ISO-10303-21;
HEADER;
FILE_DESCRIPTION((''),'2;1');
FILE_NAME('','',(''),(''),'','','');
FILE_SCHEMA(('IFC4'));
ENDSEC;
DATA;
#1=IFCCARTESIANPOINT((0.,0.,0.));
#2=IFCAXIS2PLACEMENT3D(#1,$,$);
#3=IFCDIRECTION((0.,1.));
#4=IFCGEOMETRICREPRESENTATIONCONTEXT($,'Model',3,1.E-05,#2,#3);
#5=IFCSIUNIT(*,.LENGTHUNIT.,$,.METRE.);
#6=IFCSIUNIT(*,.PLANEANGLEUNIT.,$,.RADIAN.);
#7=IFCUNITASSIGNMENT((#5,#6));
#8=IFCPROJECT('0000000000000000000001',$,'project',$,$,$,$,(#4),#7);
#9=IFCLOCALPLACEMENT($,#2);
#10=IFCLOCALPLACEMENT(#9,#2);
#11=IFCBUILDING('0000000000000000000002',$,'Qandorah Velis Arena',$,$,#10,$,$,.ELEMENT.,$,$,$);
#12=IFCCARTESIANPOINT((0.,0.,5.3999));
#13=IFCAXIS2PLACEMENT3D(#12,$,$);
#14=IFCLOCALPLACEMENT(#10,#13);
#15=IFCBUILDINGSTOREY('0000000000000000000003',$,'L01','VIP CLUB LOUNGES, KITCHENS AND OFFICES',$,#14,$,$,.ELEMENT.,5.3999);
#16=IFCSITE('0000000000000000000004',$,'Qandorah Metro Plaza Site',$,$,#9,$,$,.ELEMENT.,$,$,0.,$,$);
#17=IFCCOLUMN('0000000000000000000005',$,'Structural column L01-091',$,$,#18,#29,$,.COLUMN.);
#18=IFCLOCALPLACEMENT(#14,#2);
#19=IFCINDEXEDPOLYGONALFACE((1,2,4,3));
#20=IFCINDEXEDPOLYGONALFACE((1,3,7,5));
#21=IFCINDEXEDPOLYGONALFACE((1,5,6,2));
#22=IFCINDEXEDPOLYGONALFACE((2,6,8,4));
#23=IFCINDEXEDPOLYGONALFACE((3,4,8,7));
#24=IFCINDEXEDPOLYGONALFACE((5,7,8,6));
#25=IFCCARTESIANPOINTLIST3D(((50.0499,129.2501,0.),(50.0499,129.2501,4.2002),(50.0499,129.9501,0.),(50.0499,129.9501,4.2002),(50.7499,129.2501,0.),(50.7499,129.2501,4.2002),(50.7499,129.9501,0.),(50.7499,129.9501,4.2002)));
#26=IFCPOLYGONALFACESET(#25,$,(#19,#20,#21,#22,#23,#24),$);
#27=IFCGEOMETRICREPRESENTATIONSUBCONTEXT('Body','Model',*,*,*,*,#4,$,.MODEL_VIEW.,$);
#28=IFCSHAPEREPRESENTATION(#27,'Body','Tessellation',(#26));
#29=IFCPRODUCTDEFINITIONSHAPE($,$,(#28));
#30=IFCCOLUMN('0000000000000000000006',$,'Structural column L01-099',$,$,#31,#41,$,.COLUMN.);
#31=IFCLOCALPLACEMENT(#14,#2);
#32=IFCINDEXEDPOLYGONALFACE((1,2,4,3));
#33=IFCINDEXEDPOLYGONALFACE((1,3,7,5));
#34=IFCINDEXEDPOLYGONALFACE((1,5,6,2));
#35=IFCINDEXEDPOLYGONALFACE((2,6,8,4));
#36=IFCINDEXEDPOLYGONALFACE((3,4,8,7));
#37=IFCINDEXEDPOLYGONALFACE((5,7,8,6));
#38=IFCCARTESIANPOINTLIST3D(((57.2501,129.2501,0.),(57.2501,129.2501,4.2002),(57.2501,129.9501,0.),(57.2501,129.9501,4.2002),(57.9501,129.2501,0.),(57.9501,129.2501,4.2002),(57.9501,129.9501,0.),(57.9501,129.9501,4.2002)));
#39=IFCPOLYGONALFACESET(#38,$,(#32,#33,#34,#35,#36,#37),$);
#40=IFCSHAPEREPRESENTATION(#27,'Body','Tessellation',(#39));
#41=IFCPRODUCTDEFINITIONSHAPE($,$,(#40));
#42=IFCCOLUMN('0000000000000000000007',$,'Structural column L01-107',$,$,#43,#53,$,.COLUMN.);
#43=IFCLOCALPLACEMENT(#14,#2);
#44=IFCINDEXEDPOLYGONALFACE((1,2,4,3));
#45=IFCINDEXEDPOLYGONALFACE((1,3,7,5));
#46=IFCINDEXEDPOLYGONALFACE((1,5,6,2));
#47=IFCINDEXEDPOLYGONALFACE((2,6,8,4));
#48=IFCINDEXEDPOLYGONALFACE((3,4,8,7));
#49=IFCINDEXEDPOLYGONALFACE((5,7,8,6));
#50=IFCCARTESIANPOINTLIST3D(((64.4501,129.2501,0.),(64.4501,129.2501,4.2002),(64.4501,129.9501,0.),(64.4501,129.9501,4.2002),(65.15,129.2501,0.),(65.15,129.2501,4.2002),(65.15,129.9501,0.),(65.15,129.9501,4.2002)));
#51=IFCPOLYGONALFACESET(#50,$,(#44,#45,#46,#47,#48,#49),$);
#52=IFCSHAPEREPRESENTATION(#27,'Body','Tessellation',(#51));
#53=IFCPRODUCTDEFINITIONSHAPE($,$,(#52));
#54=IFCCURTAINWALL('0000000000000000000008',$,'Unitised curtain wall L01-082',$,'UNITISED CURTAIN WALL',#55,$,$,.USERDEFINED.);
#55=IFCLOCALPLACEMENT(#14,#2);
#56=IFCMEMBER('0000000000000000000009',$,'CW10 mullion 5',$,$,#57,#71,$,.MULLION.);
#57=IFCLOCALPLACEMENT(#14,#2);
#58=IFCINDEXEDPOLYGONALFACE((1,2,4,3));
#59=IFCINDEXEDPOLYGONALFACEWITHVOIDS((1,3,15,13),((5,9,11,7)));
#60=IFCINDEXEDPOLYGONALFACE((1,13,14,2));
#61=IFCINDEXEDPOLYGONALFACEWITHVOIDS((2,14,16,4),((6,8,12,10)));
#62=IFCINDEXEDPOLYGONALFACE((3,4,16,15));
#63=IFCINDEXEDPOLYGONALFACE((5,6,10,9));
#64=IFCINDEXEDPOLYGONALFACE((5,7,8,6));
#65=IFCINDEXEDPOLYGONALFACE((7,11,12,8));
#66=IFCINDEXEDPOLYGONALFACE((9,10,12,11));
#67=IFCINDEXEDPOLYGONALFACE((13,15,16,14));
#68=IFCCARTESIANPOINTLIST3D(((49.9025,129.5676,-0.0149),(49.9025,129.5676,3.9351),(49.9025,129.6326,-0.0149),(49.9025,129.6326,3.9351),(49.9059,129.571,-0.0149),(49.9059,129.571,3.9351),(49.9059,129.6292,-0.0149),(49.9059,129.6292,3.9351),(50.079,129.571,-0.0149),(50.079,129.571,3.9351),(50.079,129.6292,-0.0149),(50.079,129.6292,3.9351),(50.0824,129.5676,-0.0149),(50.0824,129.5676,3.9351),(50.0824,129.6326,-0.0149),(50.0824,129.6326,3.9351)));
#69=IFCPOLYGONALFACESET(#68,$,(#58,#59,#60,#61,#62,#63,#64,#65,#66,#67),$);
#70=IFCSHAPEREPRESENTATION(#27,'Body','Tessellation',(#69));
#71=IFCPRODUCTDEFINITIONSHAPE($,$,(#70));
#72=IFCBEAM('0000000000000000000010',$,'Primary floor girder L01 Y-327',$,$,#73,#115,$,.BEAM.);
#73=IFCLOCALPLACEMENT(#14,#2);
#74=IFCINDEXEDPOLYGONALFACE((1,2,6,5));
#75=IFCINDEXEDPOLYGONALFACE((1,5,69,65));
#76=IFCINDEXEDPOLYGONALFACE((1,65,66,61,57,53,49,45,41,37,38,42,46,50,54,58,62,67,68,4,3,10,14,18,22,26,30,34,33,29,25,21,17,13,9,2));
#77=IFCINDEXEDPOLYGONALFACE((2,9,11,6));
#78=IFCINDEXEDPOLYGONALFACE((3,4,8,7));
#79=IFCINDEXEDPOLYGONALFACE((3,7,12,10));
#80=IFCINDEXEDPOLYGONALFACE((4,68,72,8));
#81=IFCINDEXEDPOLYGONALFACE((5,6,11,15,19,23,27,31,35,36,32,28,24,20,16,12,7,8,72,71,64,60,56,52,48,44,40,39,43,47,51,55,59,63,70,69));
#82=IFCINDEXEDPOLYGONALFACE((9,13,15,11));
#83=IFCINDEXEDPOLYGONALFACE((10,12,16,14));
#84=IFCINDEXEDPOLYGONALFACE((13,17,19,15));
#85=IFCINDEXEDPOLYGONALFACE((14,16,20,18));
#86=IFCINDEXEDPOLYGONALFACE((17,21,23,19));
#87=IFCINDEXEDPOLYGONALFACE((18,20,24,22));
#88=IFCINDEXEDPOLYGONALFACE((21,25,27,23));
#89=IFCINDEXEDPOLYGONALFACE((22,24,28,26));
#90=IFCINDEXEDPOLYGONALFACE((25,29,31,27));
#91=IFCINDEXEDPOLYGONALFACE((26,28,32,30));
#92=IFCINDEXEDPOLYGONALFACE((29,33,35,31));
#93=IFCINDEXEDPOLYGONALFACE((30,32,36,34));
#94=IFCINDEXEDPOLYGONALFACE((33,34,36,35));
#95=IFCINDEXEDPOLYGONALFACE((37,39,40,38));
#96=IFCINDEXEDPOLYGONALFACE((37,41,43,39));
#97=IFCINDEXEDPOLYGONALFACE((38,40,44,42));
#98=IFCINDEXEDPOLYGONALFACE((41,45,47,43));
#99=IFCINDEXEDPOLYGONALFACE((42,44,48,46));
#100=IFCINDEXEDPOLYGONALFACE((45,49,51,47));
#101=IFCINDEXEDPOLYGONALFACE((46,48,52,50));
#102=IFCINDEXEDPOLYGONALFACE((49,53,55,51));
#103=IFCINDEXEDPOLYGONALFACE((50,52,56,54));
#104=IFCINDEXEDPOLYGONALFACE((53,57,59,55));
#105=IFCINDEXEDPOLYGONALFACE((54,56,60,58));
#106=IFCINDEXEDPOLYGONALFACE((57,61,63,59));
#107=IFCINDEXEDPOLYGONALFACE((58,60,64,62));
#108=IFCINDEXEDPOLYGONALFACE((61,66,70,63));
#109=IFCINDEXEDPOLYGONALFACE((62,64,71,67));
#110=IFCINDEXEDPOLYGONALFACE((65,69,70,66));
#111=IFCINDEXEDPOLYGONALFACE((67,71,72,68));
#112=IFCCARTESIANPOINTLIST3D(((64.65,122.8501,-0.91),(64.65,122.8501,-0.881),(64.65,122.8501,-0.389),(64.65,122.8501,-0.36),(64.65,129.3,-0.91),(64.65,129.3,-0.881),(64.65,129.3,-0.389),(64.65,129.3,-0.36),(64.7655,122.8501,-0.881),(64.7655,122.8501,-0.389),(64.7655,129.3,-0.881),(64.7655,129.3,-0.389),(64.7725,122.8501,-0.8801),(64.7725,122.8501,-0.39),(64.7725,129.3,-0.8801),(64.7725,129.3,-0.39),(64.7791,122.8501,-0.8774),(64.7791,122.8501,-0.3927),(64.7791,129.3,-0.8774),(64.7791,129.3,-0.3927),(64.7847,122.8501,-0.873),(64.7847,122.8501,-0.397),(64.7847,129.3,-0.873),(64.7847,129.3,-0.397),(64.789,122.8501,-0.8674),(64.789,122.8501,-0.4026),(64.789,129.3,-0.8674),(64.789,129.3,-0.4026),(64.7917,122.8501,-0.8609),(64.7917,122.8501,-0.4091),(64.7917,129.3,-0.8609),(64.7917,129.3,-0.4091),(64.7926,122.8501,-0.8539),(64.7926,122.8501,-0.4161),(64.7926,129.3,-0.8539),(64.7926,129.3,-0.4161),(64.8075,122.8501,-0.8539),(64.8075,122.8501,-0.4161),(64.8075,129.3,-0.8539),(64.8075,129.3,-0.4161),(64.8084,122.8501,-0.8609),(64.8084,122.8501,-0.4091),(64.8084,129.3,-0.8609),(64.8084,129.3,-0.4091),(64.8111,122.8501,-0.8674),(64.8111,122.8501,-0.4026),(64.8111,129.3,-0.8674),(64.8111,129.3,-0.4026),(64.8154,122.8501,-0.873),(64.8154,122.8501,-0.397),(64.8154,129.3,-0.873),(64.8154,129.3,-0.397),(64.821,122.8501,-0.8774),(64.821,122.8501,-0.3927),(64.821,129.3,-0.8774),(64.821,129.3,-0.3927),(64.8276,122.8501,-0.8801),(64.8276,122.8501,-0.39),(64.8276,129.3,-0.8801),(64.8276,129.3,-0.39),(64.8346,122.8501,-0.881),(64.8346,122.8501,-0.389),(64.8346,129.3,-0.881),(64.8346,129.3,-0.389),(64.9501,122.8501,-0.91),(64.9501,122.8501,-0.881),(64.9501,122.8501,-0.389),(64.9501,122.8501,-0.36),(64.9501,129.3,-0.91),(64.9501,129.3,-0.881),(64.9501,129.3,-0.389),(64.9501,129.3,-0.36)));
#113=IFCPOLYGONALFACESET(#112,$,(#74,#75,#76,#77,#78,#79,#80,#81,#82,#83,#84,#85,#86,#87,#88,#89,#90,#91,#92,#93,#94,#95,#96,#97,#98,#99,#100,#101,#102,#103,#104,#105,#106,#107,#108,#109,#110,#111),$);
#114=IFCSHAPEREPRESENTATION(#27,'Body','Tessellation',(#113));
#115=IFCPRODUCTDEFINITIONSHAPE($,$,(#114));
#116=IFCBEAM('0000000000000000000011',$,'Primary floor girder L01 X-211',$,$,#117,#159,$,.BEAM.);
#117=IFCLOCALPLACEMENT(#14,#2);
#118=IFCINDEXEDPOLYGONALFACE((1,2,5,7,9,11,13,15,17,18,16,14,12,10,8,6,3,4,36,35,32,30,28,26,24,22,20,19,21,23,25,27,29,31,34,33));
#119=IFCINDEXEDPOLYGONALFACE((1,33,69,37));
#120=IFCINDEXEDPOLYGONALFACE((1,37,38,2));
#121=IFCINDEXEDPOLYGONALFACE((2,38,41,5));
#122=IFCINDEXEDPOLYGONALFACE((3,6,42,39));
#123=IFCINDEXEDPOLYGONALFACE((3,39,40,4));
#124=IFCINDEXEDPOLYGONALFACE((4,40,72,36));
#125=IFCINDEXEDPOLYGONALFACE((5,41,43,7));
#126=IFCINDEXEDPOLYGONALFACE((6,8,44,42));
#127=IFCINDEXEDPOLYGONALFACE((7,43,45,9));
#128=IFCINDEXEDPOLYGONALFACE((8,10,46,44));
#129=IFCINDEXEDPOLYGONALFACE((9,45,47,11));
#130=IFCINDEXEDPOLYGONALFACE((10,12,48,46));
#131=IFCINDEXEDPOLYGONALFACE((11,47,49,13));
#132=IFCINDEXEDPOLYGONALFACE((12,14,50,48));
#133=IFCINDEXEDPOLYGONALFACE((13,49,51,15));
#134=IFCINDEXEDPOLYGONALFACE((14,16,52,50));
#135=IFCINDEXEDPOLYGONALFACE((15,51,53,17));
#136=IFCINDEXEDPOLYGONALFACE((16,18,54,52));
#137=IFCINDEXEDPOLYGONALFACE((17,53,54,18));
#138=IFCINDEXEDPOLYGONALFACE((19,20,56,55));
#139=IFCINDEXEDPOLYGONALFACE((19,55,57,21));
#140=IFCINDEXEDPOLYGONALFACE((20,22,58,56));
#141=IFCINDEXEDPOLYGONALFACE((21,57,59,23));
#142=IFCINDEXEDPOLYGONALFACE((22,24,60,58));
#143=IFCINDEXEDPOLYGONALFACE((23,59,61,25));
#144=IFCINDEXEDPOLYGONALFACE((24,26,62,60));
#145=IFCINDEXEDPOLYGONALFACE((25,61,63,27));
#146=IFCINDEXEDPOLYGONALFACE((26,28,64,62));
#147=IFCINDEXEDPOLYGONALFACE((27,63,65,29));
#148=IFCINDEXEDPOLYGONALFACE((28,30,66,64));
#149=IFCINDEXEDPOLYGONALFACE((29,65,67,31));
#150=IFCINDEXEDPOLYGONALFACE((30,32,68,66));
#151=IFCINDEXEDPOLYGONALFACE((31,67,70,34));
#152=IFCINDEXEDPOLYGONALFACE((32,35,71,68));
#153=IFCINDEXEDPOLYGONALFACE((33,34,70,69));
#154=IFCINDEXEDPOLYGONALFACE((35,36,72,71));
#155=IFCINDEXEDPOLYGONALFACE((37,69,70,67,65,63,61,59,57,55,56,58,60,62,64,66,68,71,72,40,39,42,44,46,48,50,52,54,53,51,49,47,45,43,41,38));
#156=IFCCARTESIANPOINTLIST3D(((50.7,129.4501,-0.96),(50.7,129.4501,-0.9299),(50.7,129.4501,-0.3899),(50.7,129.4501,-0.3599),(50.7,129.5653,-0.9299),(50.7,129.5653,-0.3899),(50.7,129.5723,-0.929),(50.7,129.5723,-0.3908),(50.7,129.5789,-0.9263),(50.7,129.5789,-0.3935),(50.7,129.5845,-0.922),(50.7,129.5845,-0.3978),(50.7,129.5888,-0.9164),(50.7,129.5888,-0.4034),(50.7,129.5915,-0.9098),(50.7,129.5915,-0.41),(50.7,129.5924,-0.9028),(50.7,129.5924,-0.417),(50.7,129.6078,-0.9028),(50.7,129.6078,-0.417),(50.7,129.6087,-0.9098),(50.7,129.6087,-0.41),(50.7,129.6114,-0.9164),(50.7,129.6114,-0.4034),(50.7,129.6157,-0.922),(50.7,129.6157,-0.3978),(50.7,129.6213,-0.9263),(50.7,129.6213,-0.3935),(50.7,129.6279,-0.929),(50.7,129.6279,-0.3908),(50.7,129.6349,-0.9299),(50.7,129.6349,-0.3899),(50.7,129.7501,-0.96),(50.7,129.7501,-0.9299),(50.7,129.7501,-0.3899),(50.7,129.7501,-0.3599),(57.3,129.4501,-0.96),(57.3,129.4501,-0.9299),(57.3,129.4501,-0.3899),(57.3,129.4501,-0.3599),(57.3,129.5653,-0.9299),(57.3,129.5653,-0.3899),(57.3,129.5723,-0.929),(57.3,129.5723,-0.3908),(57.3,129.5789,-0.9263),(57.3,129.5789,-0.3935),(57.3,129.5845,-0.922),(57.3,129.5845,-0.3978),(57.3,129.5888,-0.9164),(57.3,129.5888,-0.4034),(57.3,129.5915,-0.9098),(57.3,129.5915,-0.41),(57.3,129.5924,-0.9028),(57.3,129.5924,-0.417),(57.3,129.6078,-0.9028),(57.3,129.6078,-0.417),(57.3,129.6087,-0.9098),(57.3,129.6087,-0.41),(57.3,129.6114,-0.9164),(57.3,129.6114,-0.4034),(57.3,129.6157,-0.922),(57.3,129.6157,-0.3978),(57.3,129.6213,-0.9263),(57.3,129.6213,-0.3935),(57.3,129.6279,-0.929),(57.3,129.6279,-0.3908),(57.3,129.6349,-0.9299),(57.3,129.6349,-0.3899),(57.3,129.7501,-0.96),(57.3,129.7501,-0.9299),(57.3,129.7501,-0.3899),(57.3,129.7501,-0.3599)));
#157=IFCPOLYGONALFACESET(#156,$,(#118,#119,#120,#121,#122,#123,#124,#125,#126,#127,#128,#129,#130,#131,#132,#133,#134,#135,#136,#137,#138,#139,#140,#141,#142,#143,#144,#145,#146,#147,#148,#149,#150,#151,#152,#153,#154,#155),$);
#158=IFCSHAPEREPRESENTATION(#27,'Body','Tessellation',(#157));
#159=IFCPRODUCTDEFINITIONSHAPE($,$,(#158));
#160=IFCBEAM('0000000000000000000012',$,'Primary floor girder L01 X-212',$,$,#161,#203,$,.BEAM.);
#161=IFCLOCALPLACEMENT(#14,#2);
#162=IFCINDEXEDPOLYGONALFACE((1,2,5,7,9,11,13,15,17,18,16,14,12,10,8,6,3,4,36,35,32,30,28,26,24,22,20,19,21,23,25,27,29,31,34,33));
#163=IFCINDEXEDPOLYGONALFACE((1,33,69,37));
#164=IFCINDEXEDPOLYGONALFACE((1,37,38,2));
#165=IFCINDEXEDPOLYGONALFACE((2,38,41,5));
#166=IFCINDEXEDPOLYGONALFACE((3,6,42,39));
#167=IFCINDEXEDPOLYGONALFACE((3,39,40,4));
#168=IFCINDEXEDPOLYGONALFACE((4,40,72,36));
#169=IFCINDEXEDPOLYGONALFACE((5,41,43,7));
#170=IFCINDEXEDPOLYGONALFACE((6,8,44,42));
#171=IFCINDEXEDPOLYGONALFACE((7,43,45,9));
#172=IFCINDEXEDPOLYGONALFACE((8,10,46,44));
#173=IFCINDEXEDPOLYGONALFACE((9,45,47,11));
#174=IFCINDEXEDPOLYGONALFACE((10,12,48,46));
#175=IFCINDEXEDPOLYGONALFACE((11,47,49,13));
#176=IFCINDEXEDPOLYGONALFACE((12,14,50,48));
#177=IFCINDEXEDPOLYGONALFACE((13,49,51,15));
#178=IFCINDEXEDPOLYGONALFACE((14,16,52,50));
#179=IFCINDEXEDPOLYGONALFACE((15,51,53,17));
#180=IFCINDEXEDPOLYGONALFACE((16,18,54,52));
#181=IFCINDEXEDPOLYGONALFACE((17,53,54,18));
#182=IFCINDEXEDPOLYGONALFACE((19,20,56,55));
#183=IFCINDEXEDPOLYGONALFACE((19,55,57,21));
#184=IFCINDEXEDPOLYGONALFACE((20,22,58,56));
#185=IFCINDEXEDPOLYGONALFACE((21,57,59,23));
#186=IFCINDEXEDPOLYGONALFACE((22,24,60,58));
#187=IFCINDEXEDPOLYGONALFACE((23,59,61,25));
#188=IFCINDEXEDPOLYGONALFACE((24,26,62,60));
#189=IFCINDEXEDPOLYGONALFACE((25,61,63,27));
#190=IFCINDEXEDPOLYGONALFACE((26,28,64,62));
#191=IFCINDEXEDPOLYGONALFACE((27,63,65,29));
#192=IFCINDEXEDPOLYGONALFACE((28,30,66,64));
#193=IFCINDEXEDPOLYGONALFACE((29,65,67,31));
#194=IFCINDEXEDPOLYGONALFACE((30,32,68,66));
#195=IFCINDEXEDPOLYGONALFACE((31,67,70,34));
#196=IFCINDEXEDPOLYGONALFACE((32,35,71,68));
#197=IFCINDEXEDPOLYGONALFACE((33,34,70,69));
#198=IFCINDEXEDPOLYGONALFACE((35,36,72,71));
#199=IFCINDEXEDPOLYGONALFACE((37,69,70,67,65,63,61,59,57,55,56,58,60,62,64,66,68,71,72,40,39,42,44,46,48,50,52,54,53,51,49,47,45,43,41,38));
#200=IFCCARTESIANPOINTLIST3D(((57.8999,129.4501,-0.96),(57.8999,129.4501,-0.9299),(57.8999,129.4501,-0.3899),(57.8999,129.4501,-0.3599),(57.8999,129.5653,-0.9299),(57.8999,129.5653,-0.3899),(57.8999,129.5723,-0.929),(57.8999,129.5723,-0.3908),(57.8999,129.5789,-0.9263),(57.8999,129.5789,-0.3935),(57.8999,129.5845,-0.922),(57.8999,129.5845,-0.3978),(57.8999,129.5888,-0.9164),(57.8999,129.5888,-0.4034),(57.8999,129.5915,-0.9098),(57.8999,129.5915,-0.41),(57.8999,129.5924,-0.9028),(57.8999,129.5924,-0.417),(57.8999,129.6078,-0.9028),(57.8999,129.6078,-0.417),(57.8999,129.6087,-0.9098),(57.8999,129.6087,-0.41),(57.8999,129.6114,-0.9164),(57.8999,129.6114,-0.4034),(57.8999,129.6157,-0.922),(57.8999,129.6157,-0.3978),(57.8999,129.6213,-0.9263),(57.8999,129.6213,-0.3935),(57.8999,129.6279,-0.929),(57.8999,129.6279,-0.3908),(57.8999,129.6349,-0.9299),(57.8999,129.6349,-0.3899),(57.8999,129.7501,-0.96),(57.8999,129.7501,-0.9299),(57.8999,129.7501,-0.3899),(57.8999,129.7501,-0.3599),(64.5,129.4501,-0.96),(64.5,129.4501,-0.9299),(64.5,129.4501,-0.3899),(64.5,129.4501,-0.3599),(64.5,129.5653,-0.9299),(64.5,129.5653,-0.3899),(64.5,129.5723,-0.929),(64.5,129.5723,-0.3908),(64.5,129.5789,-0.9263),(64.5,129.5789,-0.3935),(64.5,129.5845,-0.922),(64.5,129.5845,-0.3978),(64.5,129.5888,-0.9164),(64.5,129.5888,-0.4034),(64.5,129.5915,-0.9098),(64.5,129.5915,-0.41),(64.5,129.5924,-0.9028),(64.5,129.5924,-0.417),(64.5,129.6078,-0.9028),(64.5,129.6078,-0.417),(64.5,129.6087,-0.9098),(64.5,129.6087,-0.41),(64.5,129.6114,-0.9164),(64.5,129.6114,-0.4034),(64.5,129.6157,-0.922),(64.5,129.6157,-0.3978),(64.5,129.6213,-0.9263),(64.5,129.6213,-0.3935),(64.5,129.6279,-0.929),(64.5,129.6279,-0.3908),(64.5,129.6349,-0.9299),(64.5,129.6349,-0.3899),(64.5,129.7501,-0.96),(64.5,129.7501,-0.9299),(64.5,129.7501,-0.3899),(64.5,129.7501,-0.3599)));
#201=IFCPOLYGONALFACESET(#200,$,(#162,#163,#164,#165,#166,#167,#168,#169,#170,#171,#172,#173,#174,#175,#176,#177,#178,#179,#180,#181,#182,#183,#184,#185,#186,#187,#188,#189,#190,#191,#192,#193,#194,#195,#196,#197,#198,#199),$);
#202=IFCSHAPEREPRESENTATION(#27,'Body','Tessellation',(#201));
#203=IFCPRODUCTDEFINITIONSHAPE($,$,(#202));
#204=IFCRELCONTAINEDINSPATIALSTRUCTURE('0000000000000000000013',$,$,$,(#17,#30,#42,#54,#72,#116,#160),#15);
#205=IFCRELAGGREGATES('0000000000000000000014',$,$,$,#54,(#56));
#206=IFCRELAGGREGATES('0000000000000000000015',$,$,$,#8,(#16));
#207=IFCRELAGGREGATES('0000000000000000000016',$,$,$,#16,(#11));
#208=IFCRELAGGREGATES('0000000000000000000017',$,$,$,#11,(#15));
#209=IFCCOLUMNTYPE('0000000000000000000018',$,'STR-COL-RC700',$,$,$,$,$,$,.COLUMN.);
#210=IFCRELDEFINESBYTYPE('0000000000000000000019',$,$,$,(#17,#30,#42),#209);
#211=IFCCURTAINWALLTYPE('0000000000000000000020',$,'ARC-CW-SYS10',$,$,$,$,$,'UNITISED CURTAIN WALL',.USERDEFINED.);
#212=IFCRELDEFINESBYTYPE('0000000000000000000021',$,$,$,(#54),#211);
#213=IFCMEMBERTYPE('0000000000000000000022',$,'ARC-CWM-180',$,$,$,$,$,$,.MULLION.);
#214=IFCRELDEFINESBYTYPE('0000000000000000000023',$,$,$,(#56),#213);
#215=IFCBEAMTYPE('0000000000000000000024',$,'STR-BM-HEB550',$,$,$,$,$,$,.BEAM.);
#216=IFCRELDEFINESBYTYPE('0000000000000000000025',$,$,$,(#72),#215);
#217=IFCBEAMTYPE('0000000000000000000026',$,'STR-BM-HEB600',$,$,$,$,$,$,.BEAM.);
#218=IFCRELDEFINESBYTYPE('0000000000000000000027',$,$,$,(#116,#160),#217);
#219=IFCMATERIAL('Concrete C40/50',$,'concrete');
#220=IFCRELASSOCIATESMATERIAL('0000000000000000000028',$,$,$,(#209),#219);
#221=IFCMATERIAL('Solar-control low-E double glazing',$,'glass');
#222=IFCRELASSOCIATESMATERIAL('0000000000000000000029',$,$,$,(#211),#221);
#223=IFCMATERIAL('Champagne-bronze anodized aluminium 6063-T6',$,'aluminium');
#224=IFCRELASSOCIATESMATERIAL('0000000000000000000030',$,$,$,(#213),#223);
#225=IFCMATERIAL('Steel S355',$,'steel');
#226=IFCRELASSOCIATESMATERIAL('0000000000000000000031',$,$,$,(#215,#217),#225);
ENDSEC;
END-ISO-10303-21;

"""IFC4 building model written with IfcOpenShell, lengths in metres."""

from ifc_helpers import new_model, si_unit, direction, frame, origin, origin_2d, place, context, subcontext, project, spatial, rectangle, hollow_rectangle, i_section, extrude, material, material_profile, profile_set, type_object, element, aggregate, save


model = new_model("IFC4")

# Units and contexts
model_context = context("Model", 3, precision=1e-05, world=origin(), true_north=direction((0.0, 1.0)))
body_context = subcontext(model_context, "Body", "Model", "MODEL_VIEW")
ifc_project = project(units=[si_unit("LENGTHUNIT", "METRE"), si_unit("PLANEANGLEUNIT", "RADIAN")], contexts=[model_context])

# Site, building, storey
site_placement = place(None, origin())
site = spatial("IfcSite", under=ifc_project, at=site_placement, Name="Qandorah Metro Plaza Site", CompositionType="ELEMENT", RefElevation=0.0)
building_placement = place(site_placement, origin())
building = spatial("IfcBuilding", under=site, at=building_placement, Name="Qandorah Velis Arena", CompositionType="ELEMENT")
storey_placement = place(building_placement, frame((0.0, 0.0, 5.3999)))
storey = spatial("IfcBuildingStorey", under=building, at=storey_placement, Name="L01", Description="VIP CLUB LOUNGES, KITCHENS AND OFFICES", CompositionType="ELEMENT", Elevation=5.3999)

# Columns
ifc_material_1 = material(Name="Concrete C40/50", Category="concrete")
ifc_material_profile_1 = material_profile(ifc_material_1, rectangle(XDim=0.7, YDim=0.7, at=origin_2d()), Name="RC COL 700x700")
ifc_profile_set_1 = profile_set([ifc_material_profile_1], Name="Concrete C40/50")
column_type = type_object("IfcColumnType", Name="STR-COL-RC700", PredefinedType="COLUMN", material=ifc_profile_set_1)
for number, where, z_axis, x_axis, name in (
    (1, (50.3999, 129.6001, 0.0), (0.0, 0.0, 1.0), (1.0, 0.0, 0.0), "Structural column L01-091"),
    (2, (57.6001, 129.6001, 0.0), (0.0, 0.0, 1.0), (1.0, 0.0, 0.0), "Structural column L01-099"),
    (3, (64.8, 129.6001, 0.0), (0.0, 0.0, 1.0), (1.0, 0.0, 0.0), "Structural column L01-107"),
):
    element("IfcColumn", number, at=place(storey_placement, frame(where, z_axis=z_axis, x_axis=x_axis)), inside=storey, type_object=column_type, Name=name, PredefinedType="COLUMN", context=body_context, shape_type="SweptSolid", body=[
        extrude(rectangle(XDim=0.7, YDim=0.7, at=origin_2d()), origin(), (0.0, 0.0, 1.0), 4.2002),
    ])

# Curtain wall, member
ifc_material_2 = material(Name="Solar-control low-E double glazing", Category="glass")
curtain_wall_type = type_object("IfcCurtainWallType", Name="ARC-CW-SYS10", ElementType="UNITISED CURTAIN WALL", PredefinedType="USERDEFINED", material=ifc_material_2)
curtain_wall_placement = place(storey_placement, origin())
curtain_wall = element("IfcCurtainWall", 4, at=curtain_wall_placement, inside=storey, type_object=curtain_wall_type, Name="Unitised curtain wall L01-082", ObjectType="UNITISED CURTAIN WALL", PredefinedType="USERDEFINED")
ifc_material_3 = material(Name="Champagne-bronze anodized aluminium 6063-T6", Category="aluminium")
ifc_material_profile_2 = material_profile(ifc_material_3, hollow_rectangle(XDim=0.0649, YDim=0.1799, WallThickness=0.0034, at=origin_2d()), Name="ALU MULLION 65x180")
ifc_profile_set_2 = profile_set([ifc_material_profile_2], Name="Champagne-bronze anodized aluminium 6063-T6")
member_type = type_object("IfcMemberType", Name="ARC-CWM-180", PredefinedType="MULLION", material=ifc_profile_set_2)
member_placement = place(storey_placement, frame((49.9924, 129.6001, -0.0149), z_axis=(0.0, 0.0, 1.0), x_axis=(0.0, 1.0, 0.0)))
member = element("IfcMember", 5, at=member_placement, type_object=member_type, Name="CW10 mullion 5", PredefinedType="MULLION", context=body_context, shape_type="SweptSolid", body=[
    extrude(hollow_rectangle(XDim=0.0649, YDim=0.1799, WallThickness=0.0034, at=origin_2d()), origin(), (0.0, 0.0, 1.0), 3.95),
])

# Beams
ifc_material_4 = material(Name="Steel S355", Category="steel")
ifc_material_profile_3 = material_profile(ifc_material_4, i_section(OverallWidth=0.3, OverallDepth=0.55, WebThickness=0.0149, FlangeThickness=0.0291, FilletRadius=0.0271, at=origin_2d()), Name="HEB 550")
ifc_profile_set_3 = profile_set([ifc_material_profile_3], Name="Steel S355")
beam_type_1 = type_object("IfcBeamType", Name="STR-BM-HEB550", PredefinedType="BEAM", material=ifc_profile_set_3)
beam_placement = place(storey_placement, frame((64.8, 122.8501, -0.635), z_axis=(0.0, 1.0, 0.0), x_axis=(-1.0, 0.0, 0.0)))
element("IfcBeam", 6, at=beam_placement, inside=storey, type_object=beam_type_1, Name="Primary floor girder L01 Y-327", PredefinedType="BEAM", context=body_context, shape_type="SweptSolid", body=[
    extrude(i_section(OverallWidth=0.3, OverallDepth=0.55, WebThickness=0.0149, FlangeThickness=0.0291, FilletRadius=0.0271, at=origin_2d()), origin(), (0.0, 0.0, 1.0), 6.45),
])
ifc_material_profile_4 = material_profile(ifc_material_4, i_section(OverallWidth=0.3, OverallDepth=0.6001, WebThickness=0.0154, FlangeThickness=0.03, FilletRadius=0.0271, at=origin_2d()), Name="HEB 600")
ifc_profile_set_4 = profile_set([ifc_material_profile_4], Name="Steel S355")
beam_type_2 = type_object("IfcBeamType", Name="STR-BM-HEB600", PredefinedType="BEAM", material=ifc_profile_set_4)
for number, where, z_axis, x_axis, name in (
    (7, (50.7, 129.6001, -0.6599), (1.0, 0.0, 0.0), (0.0, 1.0, 0.0), "Primary floor girder L01 X-211"),
    (8, (57.8999, 129.6001, -0.6599), (1.0, 0.0, 0.0), (0.0, 1.0, 0.0), "Primary floor girder L01 X-212"),
):
    element("IfcBeam", number, at=place(storey_placement, frame(where, z_axis=z_axis, x_axis=x_axis)), inside=storey, type_object=beam_type_2, Name=name, PredefinedType="BEAM", context=body_context, shape_type="SweptSolid", body=[
        extrude(i_section(OverallWidth=0.3, OverallDepth=0.6001, WebThickness=0.0154, FlangeThickness=0.03, FilletRadius=0.0271, at=origin_2d()), origin(), (0.0, 0.0, 1.0), 6.6001),
    ])

aggregate(curtain_wall, [member])

save(model, "model.ifc")
